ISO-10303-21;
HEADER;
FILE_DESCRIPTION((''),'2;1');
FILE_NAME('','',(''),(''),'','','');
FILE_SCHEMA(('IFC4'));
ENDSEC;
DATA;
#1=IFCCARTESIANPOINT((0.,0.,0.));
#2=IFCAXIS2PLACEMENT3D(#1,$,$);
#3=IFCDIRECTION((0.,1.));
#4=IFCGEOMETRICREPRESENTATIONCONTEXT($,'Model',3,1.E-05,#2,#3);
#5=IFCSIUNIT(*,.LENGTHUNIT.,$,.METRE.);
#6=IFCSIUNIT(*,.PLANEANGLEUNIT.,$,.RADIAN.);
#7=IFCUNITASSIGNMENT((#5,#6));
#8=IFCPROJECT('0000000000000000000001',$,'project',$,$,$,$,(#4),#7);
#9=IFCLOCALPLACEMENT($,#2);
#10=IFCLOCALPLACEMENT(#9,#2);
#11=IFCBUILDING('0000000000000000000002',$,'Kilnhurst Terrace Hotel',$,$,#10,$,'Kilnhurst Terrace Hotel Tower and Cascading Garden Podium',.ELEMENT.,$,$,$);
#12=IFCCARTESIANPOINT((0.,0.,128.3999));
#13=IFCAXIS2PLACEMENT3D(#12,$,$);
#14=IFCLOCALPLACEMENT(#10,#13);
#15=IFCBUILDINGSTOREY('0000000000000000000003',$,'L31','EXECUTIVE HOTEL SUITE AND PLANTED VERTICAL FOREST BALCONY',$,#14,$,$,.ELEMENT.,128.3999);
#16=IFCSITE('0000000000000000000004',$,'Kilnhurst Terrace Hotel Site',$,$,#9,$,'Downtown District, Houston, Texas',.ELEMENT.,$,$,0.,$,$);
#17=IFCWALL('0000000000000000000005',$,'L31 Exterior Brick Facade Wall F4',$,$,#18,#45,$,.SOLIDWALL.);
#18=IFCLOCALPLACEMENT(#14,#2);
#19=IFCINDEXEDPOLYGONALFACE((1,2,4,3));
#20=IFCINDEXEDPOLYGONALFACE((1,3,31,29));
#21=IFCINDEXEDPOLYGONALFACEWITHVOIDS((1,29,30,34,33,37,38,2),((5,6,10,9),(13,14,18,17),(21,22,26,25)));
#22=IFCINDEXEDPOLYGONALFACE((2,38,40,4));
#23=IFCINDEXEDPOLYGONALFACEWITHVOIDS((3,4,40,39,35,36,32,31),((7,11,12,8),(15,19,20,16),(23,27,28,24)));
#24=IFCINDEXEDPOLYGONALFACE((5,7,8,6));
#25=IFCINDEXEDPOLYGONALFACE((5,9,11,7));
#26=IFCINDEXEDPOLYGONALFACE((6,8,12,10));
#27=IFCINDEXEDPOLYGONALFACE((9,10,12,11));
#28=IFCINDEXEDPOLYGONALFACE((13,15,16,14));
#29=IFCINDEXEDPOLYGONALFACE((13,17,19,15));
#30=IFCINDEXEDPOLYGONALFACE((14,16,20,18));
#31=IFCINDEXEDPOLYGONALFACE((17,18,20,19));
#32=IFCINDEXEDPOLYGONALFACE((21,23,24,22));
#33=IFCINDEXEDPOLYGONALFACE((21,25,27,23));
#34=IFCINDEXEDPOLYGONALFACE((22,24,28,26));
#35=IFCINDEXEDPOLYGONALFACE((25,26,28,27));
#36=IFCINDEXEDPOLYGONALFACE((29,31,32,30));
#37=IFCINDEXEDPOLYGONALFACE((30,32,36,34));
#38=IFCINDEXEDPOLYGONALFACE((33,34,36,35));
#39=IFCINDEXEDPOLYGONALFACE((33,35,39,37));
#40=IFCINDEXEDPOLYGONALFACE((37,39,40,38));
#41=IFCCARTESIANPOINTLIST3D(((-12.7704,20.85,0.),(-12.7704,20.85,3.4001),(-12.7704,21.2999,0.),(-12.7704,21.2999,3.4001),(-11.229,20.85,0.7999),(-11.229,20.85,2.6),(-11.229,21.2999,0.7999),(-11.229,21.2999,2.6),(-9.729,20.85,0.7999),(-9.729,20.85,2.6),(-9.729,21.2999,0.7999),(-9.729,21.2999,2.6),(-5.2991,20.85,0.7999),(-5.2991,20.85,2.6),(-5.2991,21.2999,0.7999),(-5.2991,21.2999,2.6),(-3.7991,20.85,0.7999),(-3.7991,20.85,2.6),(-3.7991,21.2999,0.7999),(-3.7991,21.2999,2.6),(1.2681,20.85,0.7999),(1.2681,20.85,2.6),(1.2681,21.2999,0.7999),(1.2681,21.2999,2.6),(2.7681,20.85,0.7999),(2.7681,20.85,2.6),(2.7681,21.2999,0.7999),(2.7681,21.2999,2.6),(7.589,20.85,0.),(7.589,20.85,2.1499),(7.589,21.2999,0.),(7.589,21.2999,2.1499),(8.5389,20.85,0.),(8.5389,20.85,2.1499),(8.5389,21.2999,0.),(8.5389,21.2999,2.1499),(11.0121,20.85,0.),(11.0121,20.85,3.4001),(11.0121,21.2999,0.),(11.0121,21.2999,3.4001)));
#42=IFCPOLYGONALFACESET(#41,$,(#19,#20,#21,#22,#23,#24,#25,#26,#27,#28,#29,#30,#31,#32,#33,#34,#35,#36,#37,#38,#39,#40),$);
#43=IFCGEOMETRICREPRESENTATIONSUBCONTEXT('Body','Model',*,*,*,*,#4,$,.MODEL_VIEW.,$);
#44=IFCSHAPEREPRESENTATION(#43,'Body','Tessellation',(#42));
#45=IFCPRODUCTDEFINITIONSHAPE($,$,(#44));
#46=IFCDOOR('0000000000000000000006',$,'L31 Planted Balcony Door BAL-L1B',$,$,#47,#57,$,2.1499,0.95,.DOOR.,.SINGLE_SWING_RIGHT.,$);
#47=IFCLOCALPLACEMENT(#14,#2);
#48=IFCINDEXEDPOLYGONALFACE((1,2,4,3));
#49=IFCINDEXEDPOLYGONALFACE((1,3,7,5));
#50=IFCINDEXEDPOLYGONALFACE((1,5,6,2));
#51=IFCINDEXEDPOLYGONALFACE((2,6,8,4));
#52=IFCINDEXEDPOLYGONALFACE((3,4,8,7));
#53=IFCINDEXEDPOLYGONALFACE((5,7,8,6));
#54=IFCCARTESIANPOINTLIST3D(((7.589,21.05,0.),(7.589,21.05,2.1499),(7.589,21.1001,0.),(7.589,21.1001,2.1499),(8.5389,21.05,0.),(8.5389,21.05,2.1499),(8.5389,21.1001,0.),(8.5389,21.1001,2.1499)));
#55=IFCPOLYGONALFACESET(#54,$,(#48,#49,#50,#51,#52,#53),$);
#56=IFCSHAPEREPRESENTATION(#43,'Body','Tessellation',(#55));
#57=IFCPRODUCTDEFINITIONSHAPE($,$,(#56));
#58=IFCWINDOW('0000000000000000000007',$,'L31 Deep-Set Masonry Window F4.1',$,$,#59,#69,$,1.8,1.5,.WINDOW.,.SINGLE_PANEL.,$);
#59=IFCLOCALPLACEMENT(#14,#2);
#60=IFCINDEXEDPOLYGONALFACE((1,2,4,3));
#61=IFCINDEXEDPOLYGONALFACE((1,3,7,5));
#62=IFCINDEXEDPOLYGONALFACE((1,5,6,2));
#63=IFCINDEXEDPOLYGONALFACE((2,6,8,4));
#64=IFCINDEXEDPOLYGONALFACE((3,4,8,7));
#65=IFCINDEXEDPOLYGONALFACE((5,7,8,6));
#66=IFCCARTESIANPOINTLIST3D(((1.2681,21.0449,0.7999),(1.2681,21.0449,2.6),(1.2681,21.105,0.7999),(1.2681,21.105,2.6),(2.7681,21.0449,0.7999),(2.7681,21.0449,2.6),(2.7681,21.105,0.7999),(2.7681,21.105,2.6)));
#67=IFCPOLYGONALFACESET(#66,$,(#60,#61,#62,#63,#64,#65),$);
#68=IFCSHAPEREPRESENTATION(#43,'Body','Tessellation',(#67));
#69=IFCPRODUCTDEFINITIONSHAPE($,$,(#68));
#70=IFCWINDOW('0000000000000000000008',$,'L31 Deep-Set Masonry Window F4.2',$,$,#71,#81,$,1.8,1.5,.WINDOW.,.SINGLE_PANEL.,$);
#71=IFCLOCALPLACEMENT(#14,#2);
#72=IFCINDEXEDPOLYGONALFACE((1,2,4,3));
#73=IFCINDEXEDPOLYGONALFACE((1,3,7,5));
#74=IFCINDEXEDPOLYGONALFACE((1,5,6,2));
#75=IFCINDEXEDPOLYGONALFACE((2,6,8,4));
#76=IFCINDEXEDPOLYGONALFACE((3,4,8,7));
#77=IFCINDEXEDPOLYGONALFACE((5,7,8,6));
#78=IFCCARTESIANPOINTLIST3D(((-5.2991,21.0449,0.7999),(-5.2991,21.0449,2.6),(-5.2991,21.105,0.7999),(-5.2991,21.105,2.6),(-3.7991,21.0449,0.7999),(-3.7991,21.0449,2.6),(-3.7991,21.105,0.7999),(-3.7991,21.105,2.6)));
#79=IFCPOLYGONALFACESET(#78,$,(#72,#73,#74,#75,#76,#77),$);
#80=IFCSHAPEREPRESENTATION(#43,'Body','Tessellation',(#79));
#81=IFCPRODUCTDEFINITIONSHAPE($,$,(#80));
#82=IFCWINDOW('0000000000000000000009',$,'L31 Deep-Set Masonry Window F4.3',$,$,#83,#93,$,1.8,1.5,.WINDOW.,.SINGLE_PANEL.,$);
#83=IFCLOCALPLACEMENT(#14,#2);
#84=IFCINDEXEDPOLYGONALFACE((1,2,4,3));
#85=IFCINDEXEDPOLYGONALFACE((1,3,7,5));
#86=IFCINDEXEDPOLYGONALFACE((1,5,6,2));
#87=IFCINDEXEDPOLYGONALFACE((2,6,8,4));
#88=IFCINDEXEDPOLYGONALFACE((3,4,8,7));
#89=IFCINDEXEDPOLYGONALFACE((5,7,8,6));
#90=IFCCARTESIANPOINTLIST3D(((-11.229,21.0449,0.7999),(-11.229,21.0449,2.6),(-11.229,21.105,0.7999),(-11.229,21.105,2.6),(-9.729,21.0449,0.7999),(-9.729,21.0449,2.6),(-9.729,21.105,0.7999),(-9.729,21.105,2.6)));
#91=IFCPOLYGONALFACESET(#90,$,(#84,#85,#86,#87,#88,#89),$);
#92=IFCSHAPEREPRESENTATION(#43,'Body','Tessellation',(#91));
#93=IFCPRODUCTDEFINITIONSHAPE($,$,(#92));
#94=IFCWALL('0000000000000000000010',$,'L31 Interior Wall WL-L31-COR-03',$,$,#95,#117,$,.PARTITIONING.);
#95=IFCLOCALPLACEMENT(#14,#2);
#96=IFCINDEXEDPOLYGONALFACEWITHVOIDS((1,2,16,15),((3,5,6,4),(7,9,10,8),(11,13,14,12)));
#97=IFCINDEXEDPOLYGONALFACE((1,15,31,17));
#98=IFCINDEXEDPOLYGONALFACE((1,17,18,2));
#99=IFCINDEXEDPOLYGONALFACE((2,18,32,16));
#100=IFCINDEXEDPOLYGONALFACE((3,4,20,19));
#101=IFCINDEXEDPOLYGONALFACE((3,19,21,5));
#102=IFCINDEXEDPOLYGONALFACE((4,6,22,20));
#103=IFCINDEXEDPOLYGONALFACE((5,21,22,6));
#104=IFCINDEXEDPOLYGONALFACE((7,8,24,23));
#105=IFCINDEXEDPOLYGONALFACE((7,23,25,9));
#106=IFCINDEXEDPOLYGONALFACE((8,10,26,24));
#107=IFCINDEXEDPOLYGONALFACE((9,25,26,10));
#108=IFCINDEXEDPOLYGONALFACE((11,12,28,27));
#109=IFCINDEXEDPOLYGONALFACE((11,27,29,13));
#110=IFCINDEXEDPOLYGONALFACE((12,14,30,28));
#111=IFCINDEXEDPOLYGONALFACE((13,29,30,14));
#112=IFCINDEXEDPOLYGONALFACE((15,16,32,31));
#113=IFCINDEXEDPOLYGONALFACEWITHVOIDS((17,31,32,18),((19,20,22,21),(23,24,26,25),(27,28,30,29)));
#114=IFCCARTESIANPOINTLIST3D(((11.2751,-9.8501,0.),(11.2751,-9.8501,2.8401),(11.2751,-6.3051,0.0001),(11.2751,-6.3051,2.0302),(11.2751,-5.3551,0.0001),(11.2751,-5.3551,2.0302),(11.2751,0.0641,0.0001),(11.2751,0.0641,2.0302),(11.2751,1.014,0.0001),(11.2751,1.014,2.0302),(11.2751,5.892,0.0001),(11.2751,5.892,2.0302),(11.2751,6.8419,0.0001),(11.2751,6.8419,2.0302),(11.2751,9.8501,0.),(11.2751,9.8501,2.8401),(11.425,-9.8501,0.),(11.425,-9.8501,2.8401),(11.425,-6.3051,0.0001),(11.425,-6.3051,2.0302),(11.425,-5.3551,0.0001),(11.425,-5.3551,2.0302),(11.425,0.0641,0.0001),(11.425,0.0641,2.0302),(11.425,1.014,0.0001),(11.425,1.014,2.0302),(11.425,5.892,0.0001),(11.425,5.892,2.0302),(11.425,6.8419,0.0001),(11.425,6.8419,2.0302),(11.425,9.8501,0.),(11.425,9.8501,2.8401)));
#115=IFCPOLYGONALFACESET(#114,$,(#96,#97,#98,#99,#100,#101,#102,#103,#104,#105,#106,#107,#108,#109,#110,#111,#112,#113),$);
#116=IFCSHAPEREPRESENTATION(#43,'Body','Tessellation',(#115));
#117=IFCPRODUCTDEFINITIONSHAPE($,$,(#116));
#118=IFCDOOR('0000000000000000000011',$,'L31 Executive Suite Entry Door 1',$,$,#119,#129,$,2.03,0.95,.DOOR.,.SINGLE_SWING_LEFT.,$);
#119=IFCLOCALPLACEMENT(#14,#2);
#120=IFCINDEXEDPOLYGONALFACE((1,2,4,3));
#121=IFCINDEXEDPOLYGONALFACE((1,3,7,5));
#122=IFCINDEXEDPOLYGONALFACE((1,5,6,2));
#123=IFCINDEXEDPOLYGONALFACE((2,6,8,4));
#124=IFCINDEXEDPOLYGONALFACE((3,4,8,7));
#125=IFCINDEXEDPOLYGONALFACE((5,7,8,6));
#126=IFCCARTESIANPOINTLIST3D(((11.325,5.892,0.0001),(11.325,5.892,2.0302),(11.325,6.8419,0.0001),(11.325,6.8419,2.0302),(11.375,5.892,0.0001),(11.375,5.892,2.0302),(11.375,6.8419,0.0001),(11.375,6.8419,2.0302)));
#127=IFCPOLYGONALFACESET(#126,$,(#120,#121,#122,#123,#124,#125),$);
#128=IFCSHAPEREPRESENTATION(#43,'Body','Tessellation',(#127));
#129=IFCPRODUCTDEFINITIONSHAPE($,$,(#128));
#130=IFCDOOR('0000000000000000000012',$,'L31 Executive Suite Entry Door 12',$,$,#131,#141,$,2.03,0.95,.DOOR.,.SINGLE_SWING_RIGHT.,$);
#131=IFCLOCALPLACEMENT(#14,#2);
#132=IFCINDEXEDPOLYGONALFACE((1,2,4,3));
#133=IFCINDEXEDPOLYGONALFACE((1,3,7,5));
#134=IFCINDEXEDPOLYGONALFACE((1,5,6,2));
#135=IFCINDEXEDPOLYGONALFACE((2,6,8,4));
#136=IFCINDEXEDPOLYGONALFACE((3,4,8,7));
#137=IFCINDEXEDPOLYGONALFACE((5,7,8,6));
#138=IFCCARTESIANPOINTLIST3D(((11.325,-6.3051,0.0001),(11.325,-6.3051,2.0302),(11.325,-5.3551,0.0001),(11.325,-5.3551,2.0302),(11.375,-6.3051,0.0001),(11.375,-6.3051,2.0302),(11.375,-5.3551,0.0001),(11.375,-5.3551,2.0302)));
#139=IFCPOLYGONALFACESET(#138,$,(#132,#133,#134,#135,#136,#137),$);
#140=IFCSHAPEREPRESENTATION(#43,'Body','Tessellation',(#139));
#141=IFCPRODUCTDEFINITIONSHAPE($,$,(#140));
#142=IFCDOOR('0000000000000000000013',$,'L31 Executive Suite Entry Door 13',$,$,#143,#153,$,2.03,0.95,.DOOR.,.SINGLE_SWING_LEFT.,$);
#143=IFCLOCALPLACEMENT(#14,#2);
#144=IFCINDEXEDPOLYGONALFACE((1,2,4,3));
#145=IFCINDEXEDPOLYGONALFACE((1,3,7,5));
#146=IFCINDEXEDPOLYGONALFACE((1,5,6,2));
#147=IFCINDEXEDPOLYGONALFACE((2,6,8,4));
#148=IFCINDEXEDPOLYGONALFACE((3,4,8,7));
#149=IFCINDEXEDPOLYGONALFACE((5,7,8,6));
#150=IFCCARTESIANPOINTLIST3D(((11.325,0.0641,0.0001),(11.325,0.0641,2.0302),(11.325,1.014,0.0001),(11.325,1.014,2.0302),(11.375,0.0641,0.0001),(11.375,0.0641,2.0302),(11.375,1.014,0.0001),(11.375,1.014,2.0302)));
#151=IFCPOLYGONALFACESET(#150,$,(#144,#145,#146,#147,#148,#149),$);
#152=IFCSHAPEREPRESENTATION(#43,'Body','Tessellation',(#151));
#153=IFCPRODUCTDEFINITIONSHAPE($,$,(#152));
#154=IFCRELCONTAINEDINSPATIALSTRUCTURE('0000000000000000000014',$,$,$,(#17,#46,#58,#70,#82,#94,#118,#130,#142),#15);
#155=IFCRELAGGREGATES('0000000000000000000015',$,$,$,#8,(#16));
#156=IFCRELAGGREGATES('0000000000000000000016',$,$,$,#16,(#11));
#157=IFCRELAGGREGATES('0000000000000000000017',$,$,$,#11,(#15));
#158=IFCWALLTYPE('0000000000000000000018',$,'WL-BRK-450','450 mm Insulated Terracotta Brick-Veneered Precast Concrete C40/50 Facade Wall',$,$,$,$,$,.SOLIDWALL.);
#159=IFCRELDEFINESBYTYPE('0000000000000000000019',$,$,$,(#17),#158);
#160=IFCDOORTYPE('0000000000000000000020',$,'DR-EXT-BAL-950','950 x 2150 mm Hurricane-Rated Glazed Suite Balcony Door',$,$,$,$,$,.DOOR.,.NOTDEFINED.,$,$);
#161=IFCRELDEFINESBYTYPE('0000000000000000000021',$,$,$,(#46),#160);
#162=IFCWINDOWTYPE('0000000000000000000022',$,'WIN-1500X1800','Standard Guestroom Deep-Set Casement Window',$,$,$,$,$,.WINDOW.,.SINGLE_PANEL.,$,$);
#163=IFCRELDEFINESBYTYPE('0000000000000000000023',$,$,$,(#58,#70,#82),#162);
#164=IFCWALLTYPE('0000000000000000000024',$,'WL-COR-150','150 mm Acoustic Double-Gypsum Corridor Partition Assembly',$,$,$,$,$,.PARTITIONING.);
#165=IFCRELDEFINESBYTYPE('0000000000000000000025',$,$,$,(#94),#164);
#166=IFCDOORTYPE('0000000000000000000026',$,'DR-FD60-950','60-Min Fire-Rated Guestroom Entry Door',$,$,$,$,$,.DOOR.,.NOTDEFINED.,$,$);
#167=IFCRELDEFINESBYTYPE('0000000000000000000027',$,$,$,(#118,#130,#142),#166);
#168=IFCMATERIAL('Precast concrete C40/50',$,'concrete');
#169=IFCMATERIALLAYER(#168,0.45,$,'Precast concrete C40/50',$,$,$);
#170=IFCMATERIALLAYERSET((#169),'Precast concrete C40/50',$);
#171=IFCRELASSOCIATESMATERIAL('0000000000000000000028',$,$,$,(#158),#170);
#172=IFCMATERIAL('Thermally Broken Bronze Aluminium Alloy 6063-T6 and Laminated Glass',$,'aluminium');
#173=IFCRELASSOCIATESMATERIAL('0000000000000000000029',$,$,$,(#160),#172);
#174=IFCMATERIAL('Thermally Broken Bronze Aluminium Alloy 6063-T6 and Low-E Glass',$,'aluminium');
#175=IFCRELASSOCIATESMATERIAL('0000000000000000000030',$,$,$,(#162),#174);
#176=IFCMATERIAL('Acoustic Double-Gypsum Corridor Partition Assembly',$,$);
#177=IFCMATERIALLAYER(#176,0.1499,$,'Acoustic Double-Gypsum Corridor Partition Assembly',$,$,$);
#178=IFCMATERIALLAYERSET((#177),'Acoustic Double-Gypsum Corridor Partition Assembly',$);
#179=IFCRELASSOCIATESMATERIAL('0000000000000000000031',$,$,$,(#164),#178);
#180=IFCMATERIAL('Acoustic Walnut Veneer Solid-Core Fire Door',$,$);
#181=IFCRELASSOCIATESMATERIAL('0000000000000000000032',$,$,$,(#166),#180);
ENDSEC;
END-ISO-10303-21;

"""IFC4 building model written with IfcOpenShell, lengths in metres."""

from ifc_helpers import new_model, si_unit, direction, frame, frame_2d, origin, place, context, subcontext, project, spatial, rectangle, extrude, material, layer, layer_set, type_object, element, fill, save


model = new_model("IFC4")

# Units and contexts
model_context = context("Model", 3, precision=1e-05, world=origin(), true_north=direction((0.0, 1.0)))
body_context = subcontext(model_context, "Body", "Model", "MODEL_VIEW")
ifc_project = project(units=[si_unit("LENGTHUNIT", "METRE"), si_unit("PLANEANGLEUNIT", "RADIAN")], contexts=[model_context])

# Site, building, storey
site_placement = place(None, origin())
site = spatial("IfcSite", under=ifc_project, at=site_placement, Name="Kilnhurst Terrace Hotel Site", LongName="Downtown District, Houston, Texas", CompositionType="ELEMENT", RefElevation=0.0)
building_placement = place(site_placement, origin())
building = spatial("IfcBuilding", under=site, at=building_placement, Name="Kilnhurst Terrace Hotel", LongName="Kilnhurst Terrace Hotel Tower and Cascading Garden Podium", CompositionType="ELEMENT")
storey_placement = place(building_placement, frame((0.0, 0.0, 128.3999)))
storey = spatial("IfcBuildingStorey", under=building, at=storey_placement, Name="L31", Description="EXECUTIVE HOTEL SUITE AND PLANTED VERTICAL FOREST BALCONY", CompositionType="ELEMENT", Elevation=128.3999)

# Shared definitions
ifc_material_1 = material(Name="Precast concrete C40/50", Category="concrete")
ifc_layer_1 = layer(ifc_material_1, 0.45, Name="Precast concrete C40/50")
ifc_layer_set_1 = layer_set([ifc_layer_1], Name="Precast concrete C40/50")
wall_type_1 = type_object("IfcWallType", Name="WL-BRK-450", Description="450 mm Insulated Terracotta Brick-Veneered Precast Concrete C40/50 Facade Wall", PredefinedType="SOLIDWALL", material=ifc_layer_set_1)

# Wall, openings, door, windows
wall_1_placement = place(storey_placement, frame((11.012, 21.075, 0.0), z_axis=(0.0, 0.0, 1.0), x_axis=(-1.0, 0.0, 0.0)))
wall_1 = element("IfcWall", 1, at=wall_1_placement, inside=storey, type_object=wall_type_1, Name="L31 Exterior Brick Facade Wall F4", PredefinedType="SOLIDWALL", context=body_context, shape_type="SweptSolid", body=[
    extrude(rectangle(XDim=23.7825, YDim=0.45, at=frame_2d((11.8911, 0.0))), origin(), (0.0, 0.0, 1.0), 3.4001),
])
opening_1_placement = place(wall_1_placement, frame((2.4729, 0.0, 0.0)))
opening_1 = element("IfcOpeningElement", 2, at=opening_1_placement, cuts=wall_1, PredefinedType="OPENING", context=body_context, shape_type="SweptSolid", body=[
    extrude(rectangle(XDim=0.95, YDim=2.1499, at=frame_2d((0.4751, 1.075))), frame((0.0, 0.2349, 0.0), z_axis=(0.0, -1.0, 0.0), x_axis=(1.0, 0.0, 0.0)), (0.0, 0.0, 1.0), 0.47),
])
opening_2_placement = place(wall_1_placement, frame((8.2439, 0.0, 0.8)))
opening_2 = element("IfcOpeningElement", 3, at=opening_2_placement, cuts=wall_1, PredefinedType="OPENING", context=body_context, shape_type="SweptSolid", body=[
    extrude(rectangle(XDim=1.5, YDim=1.8, at=frame_2d((0.75, 0.8999))), frame((0.0, 0.2349, 0.0), z_axis=(0.0, -1.0, 0.0), x_axis=(1.0, 0.0, 0.0)), (0.0, 0.0, 1.0), 0.47),
])
opening_3_placement = place(wall_1_placement, frame((14.811, 0.0, 0.8)))
opening_3 = element("IfcOpeningElement", 4, at=opening_3_placement, cuts=wall_1, PredefinedType="OPENING", context=body_context, shape_type="SweptSolid", body=[
    extrude(rectangle(XDim=1.5, YDim=1.8, at=frame_2d((0.75, 0.8999))), frame((0.0, 0.2349, 0.0), z_axis=(0.0, -1.0, 0.0), x_axis=(1.0, 0.0, 0.0)), (0.0, 0.0, 1.0), 0.47),
])
opening_4_placement = place(wall_1_placement, frame((20.741, 0.0, 0.8)))
opening_4 = element("IfcOpeningElement", 5, at=opening_4_placement, cuts=wall_1, PredefinedType="OPENING", context=body_context, shape_type="SweptSolid", body=[
    extrude(rectangle(XDim=1.5, YDim=1.8, at=frame_2d((0.75, 0.8999))), frame((0.0, 0.2349, 0.0), z_axis=(0.0, -1.0, 0.0), x_axis=(1.0, 0.0, 0.0)), (0.0, 0.0, 1.0), 0.47),
])
ifc_material_2 = material(Name="Thermally Broken Bronze Aluminium Alloy 6063-T6 and Laminated Glass", Category="aluminium")
door_type_1 = type_object("IfcDoorType", Name="DR-EXT-BAL-950", Description="950 x 2150 mm Hurricane-Rated Glazed Suite Balcony Door", OperationType="NOTDEFINED", PredefinedType="DOOR", material=ifc_material_2)
door_1_placement = place(opening_1_placement, origin())
door_1 = element("IfcDoor", 6, at=door_1_placement, inside=storey, type_object=door_type_1, Name="L31 Planted Balcony Door BAL-L1B", OperationType="SINGLE_SWING_RIGHT", OverallHeight=2.1499, OverallWidth=0.95, PredefinedType="DOOR", context=body_context, shape_type="SweptSolid", body=[
    extrude(rectangle(XDim=0.95, YDim=2.1499, at=frame_2d((0.4751, 1.075))), frame((0.0, 0.0249, 0.0), z_axis=(0.0, -1.0, 0.0), x_axis=(1.0, 0.0, 0.0)), (0.0, 0.0, 1.0), 0.05),
])
fill(opening_1, door_1)
ifc_material_3 = material(Name="Thermally Broken Bronze Aluminium Alloy 6063-T6 and Low-E Glass", Category="aluminium")
window_type = type_object("IfcWindowType", Name="WIN-1500X1800", Description="Standard Guestroom Deep-Set Casement Window", PartitioningType="SINGLE_PANEL", PredefinedType="WINDOW", material=ifc_material_3)
window_1_placement = place(opening_2_placement, origin())
window_1 = element("IfcWindow", 7, at=window_1_placement, inside=storey, type_object=window_type, Name="L31 Deep-Set Masonry Window F4.1", OverallHeight=1.8, OverallWidth=1.5, PartitioningType="SINGLE_PANEL", PredefinedType="WINDOW", context=body_context, shape_type="SweptSolid", body=[
    extrude(rectangle(XDim=1.5, YDim=1.8, at=frame_2d((0.75, 0.8999))), frame((0.0, 0.03, 0.0), z_axis=(0.0, -1.0, 0.0), x_axis=(1.0, 0.0, 0.0)), (0.0, 0.0, 1.0), 0.0601),
])
fill(opening_2, window_1)
window_2_placement = place(opening_3_placement, origin())
window_2 = element("IfcWindow", 8, at=window_2_placement, inside=storey, type_object=window_type, Name="L31 Deep-Set Masonry Window F4.2", OverallHeight=1.8, OverallWidth=1.5, PartitioningType="SINGLE_PANEL", PredefinedType="WINDOW", context=body_context, shape_type="SweptSolid", body=[
    extrude(rectangle(XDim=1.5, YDim=1.8, at=frame_2d((0.75, 0.8999))), frame((0.0, 0.03, 0.0), z_axis=(0.0, -1.0, 0.0), x_axis=(1.0, 0.0, 0.0)), (0.0, 0.0, 1.0), 0.0601),
])
fill(opening_3, window_2)
window_3_placement = place(opening_4_placement, origin())
window_3 = element("IfcWindow", 9, at=window_3_placement, inside=storey, type_object=window_type, Name="L31 Deep-Set Masonry Window F4.3", OverallHeight=1.8, OverallWidth=1.5, PartitioningType="SINGLE_PANEL", PredefinedType="WINDOW", context=body_context, shape_type="SweptSolid", body=[
    extrude(rectangle(XDim=1.5, YDim=1.8, at=frame_2d((0.75, 0.8999))), frame((0.0, 0.03, 0.0), z_axis=(0.0, -1.0, 0.0), x_axis=(1.0, 0.0, 0.0)), (0.0, 0.0, 1.0), 0.0601),
])
fill(opening_4, window_3)

# Wall, openings, doors
ifc_material_4 = material(Name="Acoustic Double-Gypsum Corridor Partition Assembly")
ifc_layer_2 = layer(ifc_material_4, 0.1499, Name="Acoustic Double-Gypsum Corridor Partition Assembly")
ifc_layer_set_2 = layer_set([ifc_layer_2], Name="Acoustic Double-Gypsum Corridor Partition Assembly")
wall_type_2 = type_object("IfcWallType", Name="WL-COR-150", Description="150 mm Acoustic Double-Gypsum Corridor Partition Assembly", PredefinedType="PARTITIONING", material=ifc_layer_set_2)
wall_2_placement = place(storey_placement, frame((11.3501, 9.8501, 0.0), z_axis=(0.0, 0.0, 1.0), x_axis=(0.0, -1.0, 0.0)))
wall_2 = element("IfcWall", 10, at=wall_2_placement, inside=storey, type_object=wall_type_2, Name="L31 Interior Wall WL-L31-COR-03", PredefinedType="PARTITIONING", context=body_context, shape_type="SweptSolid", body=[
    extrude(rectangle(XDim=19.7002, YDim=0.1499, at=frame_2d((9.8501, 0.0))), origin(), (0.0, 0.0, 1.0), 2.8401),
])
opening_5_placement = place(wall_2_placement, frame((3.0081, 0.0, 0.0)))
opening_5 = element("IfcOpeningElement", 11, at=opening_5_placement, cuts=wall_2, PredefinedType="OPENING", context=body_context, shape_type="SweptSolid", body=[
    extrude(rectangle(XDim=0.95, YDim=2.03, at=frame_2d((0.4751, 1.0151))), frame((0.0, 0.085, 0.0), z_axis=(0.0, -1.0, 0.0), x_axis=(1.0, 0.0, 0.0)), (0.0, 0.0, 1.0), 0.1699),
])
opening_6_placement = place(wall_2_placement, frame((15.2051, 0.0, 0.0)))
opening_6 = element("IfcOpeningElement", 12, at=opening_6_placement, cuts=wall_2, PredefinedType="OPENING", context=body_context, shape_type="SweptSolid", body=[
    extrude(rectangle(XDim=0.95, YDim=2.03, at=frame_2d((0.4751, 1.0151))), frame((0.0, 0.085, 0.0), z_axis=(0.0, -1.0, 0.0), x_axis=(1.0, 0.0, 0.0)), (0.0, 0.0, 1.0), 0.1699),
])
opening_7_placement = place(wall_2_placement, frame((8.8359, 0.0, 0.0)))
opening_7 = element("IfcOpeningElement", 13, at=opening_7_placement, cuts=wall_2, PredefinedType="OPENING", context=body_context, shape_type="SweptSolid", body=[
    extrude(rectangle(XDim=0.95, YDim=2.03, at=frame_2d((0.4751, 1.0151))), frame((0.0, 0.085, 0.0), z_axis=(0.0, -1.0, 0.0), x_axis=(1.0, 0.0, 0.0)), (0.0, 0.0, 1.0), 0.1699),
])
ifc_material_5 = material(Name="Acoustic Walnut Veneer Solid-Core Fire Door")
door_type_2 = type_object("IfcDoorType", Name="DR-FD60-950", Description="60-Min Fire-Rated Guestroom Entry Door", OperationType="NOTDEFINED", PredefinedType="DOOR", material=ifc_material_5)
door_2_placement = place(opening_5_placement, origin())
door_2 = element("IfcDoor", 14, at=door_2_placement, inside=storey, type_object=door_type_2, Name="L31 Executive Suite Entry Door 1", OperationType="SINGLE_SWING_LEFT", OverallHeight=2.03, OverallWidth=0.95, PredefinedType="DOOR", context=body_context, shape_type="SweptSolid", body=[
    extrude(rectangle(XDim=0.95, YDim=2.03, at=frame_2d((0.4751, 1.0151))), frame((0.0, 0.0249, 0.0), z_axis=(0.0, -1.0, 0.0), x_axis=(1.0, 0.0, 0.0)), (0.0, 0.0, 1.0), 0.05),
])
fill(opening_5, door_2)
door_3_placement = place(opening_6_placement, origin())
door_3 = element("IfcDoor", 15, at=door_3_placement, inside=storey, type_object=door_type_2, Name="L31 Executive Suite Entry Door 12", OperationType="SINGLE_SWING_RIGHT", OverallHeight=2.03, OverallWidth=0.95, PredefinedType="DOOR", context=body_context, shape_type="SweptSolid", body=[
    extrude(rectangle(XDim=0.95, YDim=2.03, at=frame_2d((0.4751, 1.0151))), frame((0.0, 0.0249, 0.0), z_axis=(0.0, -1.0, 0.0), x_axis=(1.0, 0.0, 0.0)), (0.0, 0.0, 1.0), 0.05),
])
fill(opening_6, door_3)
door_4_placement = place(opening_7_placement, origin())
door_4 = element("IfcDoor", 16, at=door_4_placement, inside=storey, type_object=door_type_2, Name="L31 Executive Suite Entry Door 13", OperationType="SINGLE_SWING_LEFT", OverallHeight=2.03, OverallWidth=0.95, PredefinedType="DOOR", context=body_context, shape_type="SweptSolid", body=[
    extrude(rectangle(XDim=0.95, YDim=2.03, at=frame_2d((0.4751, 1.0151))), frame((0.0, 0.0249, 0.0), z_axis=(0.0, -1.0, 0.0), x_axis=(1.0, 0.0, 0.0)), (0.0, 0.0, 1.0), 0.05),
])
fill(opening_7, door_4)

save(model, "model.ifc")
